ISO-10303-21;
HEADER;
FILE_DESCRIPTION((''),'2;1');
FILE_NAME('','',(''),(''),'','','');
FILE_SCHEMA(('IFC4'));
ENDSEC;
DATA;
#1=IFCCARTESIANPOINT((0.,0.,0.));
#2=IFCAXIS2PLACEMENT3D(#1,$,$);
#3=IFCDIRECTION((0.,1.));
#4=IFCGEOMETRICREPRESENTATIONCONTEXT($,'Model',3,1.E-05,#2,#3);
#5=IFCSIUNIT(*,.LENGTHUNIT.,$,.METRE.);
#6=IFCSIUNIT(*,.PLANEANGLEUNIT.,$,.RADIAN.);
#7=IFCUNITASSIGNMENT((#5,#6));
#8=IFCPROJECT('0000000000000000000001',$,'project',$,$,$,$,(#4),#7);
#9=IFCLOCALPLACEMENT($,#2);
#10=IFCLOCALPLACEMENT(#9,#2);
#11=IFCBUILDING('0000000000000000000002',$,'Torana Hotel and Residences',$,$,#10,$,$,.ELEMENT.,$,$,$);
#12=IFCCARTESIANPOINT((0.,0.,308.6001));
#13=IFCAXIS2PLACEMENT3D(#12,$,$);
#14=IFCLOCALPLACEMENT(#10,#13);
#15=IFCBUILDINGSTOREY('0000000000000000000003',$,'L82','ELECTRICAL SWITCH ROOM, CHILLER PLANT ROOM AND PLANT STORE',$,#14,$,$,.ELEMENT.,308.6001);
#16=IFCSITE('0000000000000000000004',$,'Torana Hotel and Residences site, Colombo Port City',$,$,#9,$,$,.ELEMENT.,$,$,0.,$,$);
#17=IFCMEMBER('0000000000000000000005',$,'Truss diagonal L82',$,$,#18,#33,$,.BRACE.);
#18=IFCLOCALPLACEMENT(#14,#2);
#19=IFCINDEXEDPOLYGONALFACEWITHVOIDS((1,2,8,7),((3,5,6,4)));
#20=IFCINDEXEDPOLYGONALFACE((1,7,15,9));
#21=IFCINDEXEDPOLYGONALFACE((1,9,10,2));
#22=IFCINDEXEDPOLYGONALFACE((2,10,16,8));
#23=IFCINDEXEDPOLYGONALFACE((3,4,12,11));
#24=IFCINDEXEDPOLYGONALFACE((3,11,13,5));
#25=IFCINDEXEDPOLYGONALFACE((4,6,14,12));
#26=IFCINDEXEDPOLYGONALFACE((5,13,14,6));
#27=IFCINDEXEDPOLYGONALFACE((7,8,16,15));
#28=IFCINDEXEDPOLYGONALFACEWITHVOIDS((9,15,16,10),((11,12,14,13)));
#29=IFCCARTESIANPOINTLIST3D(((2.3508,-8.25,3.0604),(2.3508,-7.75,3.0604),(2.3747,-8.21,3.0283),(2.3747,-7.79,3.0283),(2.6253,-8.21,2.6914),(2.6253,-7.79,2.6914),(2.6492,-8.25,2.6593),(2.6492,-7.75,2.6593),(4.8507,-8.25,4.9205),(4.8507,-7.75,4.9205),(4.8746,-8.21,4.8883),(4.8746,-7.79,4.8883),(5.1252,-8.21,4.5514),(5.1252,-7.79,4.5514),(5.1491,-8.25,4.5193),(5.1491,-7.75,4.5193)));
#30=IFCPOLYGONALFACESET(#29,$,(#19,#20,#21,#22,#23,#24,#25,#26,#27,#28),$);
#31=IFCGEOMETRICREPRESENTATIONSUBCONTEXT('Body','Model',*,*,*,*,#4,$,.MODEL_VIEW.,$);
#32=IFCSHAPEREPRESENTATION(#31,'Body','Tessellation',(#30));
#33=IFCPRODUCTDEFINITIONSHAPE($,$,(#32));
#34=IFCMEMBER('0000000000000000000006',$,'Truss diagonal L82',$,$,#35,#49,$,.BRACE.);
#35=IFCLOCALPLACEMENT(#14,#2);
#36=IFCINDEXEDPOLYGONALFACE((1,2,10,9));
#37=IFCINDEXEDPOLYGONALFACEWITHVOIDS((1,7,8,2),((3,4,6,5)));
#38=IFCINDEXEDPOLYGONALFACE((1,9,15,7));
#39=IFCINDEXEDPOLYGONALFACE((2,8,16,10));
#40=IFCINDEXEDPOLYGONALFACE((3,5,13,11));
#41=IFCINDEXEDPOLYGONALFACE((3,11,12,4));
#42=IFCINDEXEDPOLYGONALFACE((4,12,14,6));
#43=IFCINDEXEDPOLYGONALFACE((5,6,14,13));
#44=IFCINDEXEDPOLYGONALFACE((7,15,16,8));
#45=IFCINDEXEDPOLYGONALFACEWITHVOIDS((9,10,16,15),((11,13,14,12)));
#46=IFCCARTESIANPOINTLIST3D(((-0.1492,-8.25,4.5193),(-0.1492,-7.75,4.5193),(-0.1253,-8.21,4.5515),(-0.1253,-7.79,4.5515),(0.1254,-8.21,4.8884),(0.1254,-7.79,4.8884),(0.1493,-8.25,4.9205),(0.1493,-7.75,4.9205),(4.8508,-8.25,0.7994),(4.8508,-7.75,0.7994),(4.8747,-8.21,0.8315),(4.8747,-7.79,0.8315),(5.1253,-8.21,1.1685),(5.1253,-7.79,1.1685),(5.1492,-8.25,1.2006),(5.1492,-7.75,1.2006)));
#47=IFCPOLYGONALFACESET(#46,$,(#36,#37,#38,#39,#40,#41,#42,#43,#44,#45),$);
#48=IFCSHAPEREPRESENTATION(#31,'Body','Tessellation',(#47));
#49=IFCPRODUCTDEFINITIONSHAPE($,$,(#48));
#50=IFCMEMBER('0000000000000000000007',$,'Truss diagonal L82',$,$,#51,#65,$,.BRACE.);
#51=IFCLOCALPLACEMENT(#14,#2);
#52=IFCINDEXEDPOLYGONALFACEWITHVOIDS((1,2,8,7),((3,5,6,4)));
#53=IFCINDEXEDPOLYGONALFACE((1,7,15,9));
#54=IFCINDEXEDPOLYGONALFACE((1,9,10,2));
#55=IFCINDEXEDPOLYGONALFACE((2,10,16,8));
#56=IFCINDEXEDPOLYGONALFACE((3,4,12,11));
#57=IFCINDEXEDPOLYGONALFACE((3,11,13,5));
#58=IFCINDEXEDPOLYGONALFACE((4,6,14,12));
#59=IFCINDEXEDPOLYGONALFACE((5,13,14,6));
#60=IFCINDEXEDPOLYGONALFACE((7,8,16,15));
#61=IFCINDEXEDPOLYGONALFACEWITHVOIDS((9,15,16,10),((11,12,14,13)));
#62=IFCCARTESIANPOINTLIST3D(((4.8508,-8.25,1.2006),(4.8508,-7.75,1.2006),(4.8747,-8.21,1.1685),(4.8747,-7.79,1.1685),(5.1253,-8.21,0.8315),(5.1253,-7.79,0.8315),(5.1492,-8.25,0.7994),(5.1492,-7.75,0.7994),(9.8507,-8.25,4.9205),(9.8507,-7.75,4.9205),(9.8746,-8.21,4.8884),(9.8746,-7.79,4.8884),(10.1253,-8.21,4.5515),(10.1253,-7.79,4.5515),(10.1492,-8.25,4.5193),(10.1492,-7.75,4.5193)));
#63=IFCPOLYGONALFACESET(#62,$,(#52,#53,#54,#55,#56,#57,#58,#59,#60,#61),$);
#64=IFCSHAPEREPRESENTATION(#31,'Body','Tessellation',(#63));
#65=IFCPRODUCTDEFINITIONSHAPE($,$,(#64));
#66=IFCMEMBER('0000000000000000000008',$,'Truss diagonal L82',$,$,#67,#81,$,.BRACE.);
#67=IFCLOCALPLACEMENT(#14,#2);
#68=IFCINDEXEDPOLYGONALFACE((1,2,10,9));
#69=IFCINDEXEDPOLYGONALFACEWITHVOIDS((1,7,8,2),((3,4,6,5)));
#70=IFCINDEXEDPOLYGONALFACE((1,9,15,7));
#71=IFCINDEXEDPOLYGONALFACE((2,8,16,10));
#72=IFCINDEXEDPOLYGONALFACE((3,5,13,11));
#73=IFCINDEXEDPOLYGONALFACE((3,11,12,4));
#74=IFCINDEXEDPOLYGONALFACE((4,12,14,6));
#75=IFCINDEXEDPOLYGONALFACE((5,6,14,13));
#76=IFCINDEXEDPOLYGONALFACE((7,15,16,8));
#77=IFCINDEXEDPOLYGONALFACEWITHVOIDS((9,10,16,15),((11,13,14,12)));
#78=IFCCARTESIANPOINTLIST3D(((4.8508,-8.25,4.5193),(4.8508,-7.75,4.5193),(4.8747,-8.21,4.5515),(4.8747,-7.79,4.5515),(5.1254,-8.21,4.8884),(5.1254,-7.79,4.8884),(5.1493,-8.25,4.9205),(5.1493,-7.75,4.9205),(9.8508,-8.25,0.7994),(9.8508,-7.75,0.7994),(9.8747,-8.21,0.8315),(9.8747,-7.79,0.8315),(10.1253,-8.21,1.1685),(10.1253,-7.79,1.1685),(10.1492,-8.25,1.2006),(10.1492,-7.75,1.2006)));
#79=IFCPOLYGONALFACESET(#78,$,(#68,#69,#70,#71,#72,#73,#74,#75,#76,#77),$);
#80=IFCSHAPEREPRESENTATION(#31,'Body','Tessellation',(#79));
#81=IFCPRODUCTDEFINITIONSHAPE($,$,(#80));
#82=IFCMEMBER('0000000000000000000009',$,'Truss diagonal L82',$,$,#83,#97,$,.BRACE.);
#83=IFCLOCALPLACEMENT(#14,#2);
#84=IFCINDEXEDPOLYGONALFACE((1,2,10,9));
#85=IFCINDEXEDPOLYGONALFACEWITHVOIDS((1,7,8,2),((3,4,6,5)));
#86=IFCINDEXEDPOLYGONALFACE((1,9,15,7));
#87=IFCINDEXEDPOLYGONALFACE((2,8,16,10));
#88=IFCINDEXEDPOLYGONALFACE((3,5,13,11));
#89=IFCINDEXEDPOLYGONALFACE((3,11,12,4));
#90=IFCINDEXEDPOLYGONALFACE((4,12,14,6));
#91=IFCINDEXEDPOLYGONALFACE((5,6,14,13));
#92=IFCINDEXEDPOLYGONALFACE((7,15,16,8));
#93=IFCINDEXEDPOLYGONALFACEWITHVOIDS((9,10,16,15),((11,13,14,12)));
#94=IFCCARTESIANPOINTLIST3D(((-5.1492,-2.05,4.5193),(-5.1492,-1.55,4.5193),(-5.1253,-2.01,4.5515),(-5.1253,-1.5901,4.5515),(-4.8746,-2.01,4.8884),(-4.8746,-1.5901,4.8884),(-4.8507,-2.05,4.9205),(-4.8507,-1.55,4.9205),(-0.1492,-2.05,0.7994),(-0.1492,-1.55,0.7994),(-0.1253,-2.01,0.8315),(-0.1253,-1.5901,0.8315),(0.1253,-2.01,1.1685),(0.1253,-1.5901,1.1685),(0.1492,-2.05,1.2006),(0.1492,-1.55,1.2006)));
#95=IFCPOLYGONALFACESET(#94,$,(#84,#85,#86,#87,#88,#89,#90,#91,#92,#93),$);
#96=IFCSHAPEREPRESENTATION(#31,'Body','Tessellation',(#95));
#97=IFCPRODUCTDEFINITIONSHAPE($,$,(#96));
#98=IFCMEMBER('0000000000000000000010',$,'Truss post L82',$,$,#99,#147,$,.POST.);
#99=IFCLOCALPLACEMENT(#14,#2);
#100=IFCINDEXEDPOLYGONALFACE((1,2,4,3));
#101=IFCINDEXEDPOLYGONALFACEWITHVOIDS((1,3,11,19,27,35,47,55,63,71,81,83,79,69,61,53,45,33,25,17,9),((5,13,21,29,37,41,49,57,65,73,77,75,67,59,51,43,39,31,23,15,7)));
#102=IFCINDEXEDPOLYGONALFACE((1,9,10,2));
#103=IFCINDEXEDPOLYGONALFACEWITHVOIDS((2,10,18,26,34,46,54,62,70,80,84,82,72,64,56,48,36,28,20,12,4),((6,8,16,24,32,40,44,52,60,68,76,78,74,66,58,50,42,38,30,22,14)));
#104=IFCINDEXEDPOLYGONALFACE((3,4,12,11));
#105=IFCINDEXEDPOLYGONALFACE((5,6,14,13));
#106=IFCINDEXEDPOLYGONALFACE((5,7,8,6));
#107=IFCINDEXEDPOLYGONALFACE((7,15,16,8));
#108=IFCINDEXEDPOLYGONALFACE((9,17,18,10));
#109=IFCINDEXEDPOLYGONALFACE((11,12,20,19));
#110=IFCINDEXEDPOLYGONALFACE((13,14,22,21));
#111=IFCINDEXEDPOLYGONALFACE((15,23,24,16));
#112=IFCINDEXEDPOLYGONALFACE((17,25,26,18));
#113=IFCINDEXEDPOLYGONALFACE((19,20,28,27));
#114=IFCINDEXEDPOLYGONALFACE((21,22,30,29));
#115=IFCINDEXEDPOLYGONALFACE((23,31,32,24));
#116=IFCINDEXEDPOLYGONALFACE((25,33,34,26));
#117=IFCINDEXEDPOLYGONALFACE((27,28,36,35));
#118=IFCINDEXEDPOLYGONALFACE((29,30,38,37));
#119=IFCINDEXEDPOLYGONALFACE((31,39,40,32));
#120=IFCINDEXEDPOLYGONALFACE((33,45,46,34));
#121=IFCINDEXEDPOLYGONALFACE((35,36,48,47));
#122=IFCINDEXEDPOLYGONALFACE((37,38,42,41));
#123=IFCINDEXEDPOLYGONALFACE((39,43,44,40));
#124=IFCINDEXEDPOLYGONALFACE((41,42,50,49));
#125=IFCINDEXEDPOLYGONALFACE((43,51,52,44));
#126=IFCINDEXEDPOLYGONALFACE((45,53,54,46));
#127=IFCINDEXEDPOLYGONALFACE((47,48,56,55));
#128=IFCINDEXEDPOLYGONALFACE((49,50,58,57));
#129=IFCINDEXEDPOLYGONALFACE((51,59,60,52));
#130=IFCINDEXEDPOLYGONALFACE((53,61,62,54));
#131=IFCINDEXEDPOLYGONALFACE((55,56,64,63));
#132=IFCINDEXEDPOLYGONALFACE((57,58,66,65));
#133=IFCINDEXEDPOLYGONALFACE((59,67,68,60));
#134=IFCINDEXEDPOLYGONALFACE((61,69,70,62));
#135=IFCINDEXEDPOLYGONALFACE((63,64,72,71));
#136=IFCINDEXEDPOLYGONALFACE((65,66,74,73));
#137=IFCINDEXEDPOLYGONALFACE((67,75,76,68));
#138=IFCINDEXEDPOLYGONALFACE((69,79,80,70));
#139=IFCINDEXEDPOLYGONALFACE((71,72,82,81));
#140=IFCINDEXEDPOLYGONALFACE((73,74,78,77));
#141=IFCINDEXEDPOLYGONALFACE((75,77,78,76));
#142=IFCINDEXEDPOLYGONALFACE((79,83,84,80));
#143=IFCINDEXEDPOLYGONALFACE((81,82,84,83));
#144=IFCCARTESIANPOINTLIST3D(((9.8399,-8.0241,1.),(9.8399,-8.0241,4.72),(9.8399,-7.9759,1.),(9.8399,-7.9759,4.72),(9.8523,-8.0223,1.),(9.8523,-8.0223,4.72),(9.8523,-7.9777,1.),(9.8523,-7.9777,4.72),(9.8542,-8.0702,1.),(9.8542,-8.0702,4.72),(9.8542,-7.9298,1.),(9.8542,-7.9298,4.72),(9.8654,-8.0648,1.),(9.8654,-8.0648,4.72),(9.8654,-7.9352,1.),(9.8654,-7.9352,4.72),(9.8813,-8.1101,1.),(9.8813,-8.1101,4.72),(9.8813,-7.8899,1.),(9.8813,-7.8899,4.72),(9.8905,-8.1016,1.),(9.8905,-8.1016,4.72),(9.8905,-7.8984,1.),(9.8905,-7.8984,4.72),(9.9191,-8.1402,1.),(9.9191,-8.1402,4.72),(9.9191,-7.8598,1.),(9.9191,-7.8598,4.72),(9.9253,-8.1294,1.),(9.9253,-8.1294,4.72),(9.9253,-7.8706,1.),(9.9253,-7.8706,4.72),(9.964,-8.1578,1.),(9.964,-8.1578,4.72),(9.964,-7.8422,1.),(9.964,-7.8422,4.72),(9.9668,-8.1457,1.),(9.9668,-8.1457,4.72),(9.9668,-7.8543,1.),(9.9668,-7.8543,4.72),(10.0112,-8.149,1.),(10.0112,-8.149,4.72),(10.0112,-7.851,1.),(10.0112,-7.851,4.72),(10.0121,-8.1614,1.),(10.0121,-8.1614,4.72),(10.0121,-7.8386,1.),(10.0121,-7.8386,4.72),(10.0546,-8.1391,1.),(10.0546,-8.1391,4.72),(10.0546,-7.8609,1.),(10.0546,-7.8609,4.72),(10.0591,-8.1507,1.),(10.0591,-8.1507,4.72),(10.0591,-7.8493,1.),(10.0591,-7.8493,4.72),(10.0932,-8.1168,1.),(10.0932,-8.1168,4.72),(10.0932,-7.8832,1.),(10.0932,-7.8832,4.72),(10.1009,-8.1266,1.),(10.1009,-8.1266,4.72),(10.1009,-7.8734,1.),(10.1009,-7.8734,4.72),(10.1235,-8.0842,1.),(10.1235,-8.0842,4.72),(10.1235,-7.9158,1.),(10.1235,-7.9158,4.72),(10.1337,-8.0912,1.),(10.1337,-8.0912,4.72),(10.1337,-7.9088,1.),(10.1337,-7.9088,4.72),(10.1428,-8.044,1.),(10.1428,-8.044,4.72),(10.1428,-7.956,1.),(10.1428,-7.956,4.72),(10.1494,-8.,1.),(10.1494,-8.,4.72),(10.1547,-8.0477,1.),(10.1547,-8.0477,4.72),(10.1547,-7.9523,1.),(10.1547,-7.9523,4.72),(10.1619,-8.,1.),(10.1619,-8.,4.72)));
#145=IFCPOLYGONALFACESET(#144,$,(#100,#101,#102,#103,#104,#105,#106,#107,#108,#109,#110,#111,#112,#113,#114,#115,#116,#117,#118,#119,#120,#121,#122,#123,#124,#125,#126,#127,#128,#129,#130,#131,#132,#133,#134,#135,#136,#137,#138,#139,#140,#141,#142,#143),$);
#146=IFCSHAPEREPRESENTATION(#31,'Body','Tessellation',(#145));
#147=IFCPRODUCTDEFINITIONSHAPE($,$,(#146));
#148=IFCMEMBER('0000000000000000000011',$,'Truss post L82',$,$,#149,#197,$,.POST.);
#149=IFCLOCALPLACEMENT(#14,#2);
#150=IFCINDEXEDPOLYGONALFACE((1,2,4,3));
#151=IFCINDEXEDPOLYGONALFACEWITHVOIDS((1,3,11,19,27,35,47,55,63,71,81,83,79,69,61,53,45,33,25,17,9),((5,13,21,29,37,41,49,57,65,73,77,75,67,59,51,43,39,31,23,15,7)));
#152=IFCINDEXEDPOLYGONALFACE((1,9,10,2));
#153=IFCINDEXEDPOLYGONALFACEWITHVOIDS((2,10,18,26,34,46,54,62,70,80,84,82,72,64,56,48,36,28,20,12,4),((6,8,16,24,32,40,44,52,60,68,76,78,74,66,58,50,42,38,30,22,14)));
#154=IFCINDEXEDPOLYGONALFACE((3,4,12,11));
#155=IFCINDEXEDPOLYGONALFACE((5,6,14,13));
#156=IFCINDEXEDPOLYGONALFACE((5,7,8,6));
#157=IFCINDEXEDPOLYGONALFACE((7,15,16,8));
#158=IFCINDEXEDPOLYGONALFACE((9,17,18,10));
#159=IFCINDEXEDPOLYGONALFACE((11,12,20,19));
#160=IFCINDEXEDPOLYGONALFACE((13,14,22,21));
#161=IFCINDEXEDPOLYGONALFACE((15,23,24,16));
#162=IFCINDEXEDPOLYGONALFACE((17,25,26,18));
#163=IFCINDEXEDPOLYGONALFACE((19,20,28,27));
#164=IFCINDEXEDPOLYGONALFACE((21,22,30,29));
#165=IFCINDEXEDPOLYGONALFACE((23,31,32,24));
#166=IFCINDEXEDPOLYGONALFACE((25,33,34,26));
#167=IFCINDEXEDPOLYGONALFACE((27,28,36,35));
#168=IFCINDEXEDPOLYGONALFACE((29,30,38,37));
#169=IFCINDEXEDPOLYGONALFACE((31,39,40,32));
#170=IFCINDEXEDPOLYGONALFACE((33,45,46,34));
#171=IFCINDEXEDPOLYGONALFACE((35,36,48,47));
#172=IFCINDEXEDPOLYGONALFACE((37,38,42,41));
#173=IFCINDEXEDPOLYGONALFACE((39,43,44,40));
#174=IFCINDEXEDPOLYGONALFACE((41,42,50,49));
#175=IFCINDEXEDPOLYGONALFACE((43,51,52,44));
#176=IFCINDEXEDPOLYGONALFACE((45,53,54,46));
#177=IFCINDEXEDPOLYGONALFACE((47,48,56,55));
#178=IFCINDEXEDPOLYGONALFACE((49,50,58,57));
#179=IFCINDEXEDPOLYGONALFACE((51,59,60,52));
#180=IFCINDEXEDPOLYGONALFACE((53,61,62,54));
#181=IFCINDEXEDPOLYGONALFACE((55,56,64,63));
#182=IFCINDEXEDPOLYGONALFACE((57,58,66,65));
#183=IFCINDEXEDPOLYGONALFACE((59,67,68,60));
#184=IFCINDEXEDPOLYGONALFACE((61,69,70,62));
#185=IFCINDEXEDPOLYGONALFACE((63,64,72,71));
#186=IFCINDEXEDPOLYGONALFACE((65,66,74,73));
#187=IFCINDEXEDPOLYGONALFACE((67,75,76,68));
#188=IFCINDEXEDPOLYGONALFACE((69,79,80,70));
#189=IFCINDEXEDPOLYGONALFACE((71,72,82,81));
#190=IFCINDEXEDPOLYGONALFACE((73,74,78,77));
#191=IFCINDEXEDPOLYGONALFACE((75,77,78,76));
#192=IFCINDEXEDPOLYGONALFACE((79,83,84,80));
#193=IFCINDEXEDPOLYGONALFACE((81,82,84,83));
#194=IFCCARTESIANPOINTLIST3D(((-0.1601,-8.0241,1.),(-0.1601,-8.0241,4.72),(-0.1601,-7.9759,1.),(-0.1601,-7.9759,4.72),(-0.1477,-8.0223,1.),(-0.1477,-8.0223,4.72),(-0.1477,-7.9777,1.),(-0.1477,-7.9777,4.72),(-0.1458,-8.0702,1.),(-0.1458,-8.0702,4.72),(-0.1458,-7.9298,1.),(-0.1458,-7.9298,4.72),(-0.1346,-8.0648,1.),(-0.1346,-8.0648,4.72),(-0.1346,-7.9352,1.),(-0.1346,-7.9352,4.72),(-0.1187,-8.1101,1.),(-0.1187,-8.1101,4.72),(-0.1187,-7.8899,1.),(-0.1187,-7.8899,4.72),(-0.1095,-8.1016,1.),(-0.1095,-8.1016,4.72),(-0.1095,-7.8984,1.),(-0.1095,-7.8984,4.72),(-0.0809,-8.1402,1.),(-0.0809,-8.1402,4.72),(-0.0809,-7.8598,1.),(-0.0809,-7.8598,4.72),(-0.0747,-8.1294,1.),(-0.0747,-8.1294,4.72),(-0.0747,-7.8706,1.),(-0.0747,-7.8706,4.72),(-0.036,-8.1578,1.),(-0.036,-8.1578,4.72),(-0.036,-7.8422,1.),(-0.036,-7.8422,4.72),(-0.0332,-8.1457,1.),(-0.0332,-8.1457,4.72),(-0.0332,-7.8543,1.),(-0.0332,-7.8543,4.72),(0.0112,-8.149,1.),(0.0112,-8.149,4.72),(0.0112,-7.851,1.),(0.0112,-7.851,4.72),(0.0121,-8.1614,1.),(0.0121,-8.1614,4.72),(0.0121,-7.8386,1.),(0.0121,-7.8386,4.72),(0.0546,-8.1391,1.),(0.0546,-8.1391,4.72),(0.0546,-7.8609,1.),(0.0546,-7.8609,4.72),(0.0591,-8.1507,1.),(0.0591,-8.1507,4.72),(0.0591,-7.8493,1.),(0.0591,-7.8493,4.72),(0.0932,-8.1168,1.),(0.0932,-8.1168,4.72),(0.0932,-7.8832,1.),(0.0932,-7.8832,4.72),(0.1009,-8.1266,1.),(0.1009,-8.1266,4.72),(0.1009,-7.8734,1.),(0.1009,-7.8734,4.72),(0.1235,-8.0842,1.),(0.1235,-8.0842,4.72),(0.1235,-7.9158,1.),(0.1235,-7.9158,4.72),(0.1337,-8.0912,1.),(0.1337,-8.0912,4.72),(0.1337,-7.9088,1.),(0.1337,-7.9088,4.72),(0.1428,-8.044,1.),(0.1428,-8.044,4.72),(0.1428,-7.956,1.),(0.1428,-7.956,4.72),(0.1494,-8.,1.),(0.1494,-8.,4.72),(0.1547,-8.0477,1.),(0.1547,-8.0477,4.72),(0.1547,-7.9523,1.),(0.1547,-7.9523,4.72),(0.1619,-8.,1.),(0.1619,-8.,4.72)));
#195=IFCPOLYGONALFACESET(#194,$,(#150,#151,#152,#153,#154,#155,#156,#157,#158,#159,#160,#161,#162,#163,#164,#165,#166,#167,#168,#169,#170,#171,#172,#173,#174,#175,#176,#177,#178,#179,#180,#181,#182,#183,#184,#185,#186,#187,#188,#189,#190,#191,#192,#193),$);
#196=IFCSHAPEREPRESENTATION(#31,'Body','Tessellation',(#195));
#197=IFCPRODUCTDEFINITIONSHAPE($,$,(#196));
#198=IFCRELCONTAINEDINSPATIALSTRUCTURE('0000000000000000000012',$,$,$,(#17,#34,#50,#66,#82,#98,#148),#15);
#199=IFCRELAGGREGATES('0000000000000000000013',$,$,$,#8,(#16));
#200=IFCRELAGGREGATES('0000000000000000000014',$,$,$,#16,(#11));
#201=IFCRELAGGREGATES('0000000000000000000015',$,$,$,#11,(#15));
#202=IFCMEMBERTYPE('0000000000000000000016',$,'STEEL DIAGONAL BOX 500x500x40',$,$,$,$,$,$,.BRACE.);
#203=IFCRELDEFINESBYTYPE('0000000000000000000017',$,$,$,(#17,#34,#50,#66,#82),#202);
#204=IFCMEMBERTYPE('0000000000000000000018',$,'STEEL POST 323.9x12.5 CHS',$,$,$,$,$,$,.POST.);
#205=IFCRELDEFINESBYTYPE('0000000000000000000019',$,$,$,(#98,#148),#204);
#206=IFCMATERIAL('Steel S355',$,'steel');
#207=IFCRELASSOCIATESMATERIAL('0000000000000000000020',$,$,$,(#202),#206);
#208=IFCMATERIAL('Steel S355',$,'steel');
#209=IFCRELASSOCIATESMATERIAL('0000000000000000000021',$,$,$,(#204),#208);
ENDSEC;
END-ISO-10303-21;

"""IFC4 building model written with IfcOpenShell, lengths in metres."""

from ifc_helpers import new_model, si_unit, direction, frame, origin, origin_2d, place, context, subcontext, project, spatial, hollow_rectangle, hollow_circle, extrude, material, material_profile, profile_set, type_object, element, save


model = new_model("IFC4")

# Units and contexts
model_context = context("Model", 3, precision=1e-05, world=origin(), true_north=direction((0.0, 1.0)))
body_context = subcontext(model_context, "Body", "Model", "MODEL_VIEW")
ifc_project = project(units=[si_unit("LENGTHUNIT", "METRE"), si_unit("PLANEANGLEUNIT", "RADIAN")], contexts=[model_context])

# Site, building, storey
site_placement = place(None, origin())
site = spatial("IfcSite", under=ifc_project, at=site_placement, Name="Torana Hotel and Residences site, Colombo Port City", CompositionType="ELEMENT", RefElevation=0.0)
building_placement = place(site_placement, origin())
building = spatial("IfcBuilding", under=site, at=building_placement, Name="Torana Hotel and Residences", CompositionType="ELEMENT")
storey_placement = place(building_placement, frame((0.0, 0.0, 308.6001)))
storey = spatial("IfcBuildingStorey", under=building, at=storey_placement, Name="L82", Description="ELECTRICAL SWITCH ROOM, CHILLER PLANT ROOM AND PLANT STORE", CompositionType="ELEMENT", Elevation=308.6001)

# Members
ifc_material_1 = material(Name="Steel S355", Category="steel")
ifc_material_profile_1 = material_profile(ifc_material_1, hollow_rectangle(XDim=0.5, YDim=0.5, WallThickness=0.04, at=origin_2d()), Name="BOX 500x500x40")
ifc_profile_set_1 = profile_set([ifc_material_profile_1], Name="Steel S355")
member_type_1 = type_object("IfcMemberType", Name="STEEL DIAGONAL BOX 500x500x40", PredefinedType="BRACE", material=ifc_profile_set_1)
member_placement = place(storey_placement, frame((2.5, -8.0, 2.8599), z_axis=(0.802288, 0.0, 0.596937), x_axis=(0.0, 1.0, 0.0)))
element("IfcMember", 1, at=member_placement, inside=storey, type_object=member_type_1, Name="Truss diagonal L82", PredefinedType="BRACE", context=body_context, shape_type="SweptSolid", body=[
    extrude(hollow_rectangle(XDim=0.5, YDim=0.5, WallThickness=0.04, at=origin_2d()), origin(), (0.0, 0.0, 1.0), 3.116),
])
for number, where, z_axis, x_axis, name in (
    (2, (5.0, -8.0, 1.0), (-0.802307, 0.0, 0.596912), (0.0, -1.0, 0.0), "Truss diagonal L82"),
    (3, (5.0, -8.0, 1.0), (0.802307, 0.0, 0.596912), (0.0, 1.0, 0.0), "Truss diagonal L82"),
    (4, (10.0, -8.0, 1.0), (-0.802307, 0.0, 0.596912), (0.0, -1.0, 0.0), "Truss diagonal L82"),
    (5, (0.0, -1.8, 1.0), (-0.802307, 0.0, 0.596912), (0.0, -1.0, 0.0), "Truss diagonal L82"),
):
    element("IfcMember", number, at=place(storey_placement, frame(where, z_axis=z_axis, x_axis=x_axis)), inside=storey, type_object=member_type_1, Name=name, PredefinedType="BRACE", context=body_context, shape_type="SweptSolid", body=[
        extrude(hollow_rectangle(XDim=0.5, YDim=0.5, WallThickness=0.04, at=origin_2d()), origin(), (0.0, 0.0, 1.0), 6.2319),
    ])
ifc_material_2 = material(Name="Steel S355", Category="steel")
ifc_material_profile_2 = material_profile(ifc_material_2, hollow_circle(Radius=0.1619, WallThickness=0.0125, at=origin_2d()), Name="323.9x12.5 CHS")
ifc_profile_set_2 = profile_set([ifc_material_profile_2], Name="Steel S355")
member_type_2 = type_object("IfcMemberType", Name="STEEL POST 323.9x12.5 CHS", PredefinedType="POST", material=ifc_profile_set_2)
for number, where, z_axis, x_axis, name in (
    (6, (10.0, -8.0, 1.0), (0.0, 0.0, 1.0), (1.0, 0.0, 0.0), "Truss post L82"),
    (7, (0.0, -8.0, 1.0), (0.0, 0.0, 1.0), (1.0, 0.0, 0.0), "Truss post L82"),
):
    element("IfcMember", number, at=place(storey_placement, frame(where, z_axis=z_axis, x_axis=x_axis)), inside=storey, type_object=member_type_2, Name=name, PredefinedType="POST", context=body_context, shape_type="SweptSolid", body=[
        extrude(hollow_circle(Radius=0.1619, WallThickness=0.0125, at=origin_2d()), origin(), (0.0, 0.0, 1.0), 3.72),
    ])

save(model, "model.ifc")
